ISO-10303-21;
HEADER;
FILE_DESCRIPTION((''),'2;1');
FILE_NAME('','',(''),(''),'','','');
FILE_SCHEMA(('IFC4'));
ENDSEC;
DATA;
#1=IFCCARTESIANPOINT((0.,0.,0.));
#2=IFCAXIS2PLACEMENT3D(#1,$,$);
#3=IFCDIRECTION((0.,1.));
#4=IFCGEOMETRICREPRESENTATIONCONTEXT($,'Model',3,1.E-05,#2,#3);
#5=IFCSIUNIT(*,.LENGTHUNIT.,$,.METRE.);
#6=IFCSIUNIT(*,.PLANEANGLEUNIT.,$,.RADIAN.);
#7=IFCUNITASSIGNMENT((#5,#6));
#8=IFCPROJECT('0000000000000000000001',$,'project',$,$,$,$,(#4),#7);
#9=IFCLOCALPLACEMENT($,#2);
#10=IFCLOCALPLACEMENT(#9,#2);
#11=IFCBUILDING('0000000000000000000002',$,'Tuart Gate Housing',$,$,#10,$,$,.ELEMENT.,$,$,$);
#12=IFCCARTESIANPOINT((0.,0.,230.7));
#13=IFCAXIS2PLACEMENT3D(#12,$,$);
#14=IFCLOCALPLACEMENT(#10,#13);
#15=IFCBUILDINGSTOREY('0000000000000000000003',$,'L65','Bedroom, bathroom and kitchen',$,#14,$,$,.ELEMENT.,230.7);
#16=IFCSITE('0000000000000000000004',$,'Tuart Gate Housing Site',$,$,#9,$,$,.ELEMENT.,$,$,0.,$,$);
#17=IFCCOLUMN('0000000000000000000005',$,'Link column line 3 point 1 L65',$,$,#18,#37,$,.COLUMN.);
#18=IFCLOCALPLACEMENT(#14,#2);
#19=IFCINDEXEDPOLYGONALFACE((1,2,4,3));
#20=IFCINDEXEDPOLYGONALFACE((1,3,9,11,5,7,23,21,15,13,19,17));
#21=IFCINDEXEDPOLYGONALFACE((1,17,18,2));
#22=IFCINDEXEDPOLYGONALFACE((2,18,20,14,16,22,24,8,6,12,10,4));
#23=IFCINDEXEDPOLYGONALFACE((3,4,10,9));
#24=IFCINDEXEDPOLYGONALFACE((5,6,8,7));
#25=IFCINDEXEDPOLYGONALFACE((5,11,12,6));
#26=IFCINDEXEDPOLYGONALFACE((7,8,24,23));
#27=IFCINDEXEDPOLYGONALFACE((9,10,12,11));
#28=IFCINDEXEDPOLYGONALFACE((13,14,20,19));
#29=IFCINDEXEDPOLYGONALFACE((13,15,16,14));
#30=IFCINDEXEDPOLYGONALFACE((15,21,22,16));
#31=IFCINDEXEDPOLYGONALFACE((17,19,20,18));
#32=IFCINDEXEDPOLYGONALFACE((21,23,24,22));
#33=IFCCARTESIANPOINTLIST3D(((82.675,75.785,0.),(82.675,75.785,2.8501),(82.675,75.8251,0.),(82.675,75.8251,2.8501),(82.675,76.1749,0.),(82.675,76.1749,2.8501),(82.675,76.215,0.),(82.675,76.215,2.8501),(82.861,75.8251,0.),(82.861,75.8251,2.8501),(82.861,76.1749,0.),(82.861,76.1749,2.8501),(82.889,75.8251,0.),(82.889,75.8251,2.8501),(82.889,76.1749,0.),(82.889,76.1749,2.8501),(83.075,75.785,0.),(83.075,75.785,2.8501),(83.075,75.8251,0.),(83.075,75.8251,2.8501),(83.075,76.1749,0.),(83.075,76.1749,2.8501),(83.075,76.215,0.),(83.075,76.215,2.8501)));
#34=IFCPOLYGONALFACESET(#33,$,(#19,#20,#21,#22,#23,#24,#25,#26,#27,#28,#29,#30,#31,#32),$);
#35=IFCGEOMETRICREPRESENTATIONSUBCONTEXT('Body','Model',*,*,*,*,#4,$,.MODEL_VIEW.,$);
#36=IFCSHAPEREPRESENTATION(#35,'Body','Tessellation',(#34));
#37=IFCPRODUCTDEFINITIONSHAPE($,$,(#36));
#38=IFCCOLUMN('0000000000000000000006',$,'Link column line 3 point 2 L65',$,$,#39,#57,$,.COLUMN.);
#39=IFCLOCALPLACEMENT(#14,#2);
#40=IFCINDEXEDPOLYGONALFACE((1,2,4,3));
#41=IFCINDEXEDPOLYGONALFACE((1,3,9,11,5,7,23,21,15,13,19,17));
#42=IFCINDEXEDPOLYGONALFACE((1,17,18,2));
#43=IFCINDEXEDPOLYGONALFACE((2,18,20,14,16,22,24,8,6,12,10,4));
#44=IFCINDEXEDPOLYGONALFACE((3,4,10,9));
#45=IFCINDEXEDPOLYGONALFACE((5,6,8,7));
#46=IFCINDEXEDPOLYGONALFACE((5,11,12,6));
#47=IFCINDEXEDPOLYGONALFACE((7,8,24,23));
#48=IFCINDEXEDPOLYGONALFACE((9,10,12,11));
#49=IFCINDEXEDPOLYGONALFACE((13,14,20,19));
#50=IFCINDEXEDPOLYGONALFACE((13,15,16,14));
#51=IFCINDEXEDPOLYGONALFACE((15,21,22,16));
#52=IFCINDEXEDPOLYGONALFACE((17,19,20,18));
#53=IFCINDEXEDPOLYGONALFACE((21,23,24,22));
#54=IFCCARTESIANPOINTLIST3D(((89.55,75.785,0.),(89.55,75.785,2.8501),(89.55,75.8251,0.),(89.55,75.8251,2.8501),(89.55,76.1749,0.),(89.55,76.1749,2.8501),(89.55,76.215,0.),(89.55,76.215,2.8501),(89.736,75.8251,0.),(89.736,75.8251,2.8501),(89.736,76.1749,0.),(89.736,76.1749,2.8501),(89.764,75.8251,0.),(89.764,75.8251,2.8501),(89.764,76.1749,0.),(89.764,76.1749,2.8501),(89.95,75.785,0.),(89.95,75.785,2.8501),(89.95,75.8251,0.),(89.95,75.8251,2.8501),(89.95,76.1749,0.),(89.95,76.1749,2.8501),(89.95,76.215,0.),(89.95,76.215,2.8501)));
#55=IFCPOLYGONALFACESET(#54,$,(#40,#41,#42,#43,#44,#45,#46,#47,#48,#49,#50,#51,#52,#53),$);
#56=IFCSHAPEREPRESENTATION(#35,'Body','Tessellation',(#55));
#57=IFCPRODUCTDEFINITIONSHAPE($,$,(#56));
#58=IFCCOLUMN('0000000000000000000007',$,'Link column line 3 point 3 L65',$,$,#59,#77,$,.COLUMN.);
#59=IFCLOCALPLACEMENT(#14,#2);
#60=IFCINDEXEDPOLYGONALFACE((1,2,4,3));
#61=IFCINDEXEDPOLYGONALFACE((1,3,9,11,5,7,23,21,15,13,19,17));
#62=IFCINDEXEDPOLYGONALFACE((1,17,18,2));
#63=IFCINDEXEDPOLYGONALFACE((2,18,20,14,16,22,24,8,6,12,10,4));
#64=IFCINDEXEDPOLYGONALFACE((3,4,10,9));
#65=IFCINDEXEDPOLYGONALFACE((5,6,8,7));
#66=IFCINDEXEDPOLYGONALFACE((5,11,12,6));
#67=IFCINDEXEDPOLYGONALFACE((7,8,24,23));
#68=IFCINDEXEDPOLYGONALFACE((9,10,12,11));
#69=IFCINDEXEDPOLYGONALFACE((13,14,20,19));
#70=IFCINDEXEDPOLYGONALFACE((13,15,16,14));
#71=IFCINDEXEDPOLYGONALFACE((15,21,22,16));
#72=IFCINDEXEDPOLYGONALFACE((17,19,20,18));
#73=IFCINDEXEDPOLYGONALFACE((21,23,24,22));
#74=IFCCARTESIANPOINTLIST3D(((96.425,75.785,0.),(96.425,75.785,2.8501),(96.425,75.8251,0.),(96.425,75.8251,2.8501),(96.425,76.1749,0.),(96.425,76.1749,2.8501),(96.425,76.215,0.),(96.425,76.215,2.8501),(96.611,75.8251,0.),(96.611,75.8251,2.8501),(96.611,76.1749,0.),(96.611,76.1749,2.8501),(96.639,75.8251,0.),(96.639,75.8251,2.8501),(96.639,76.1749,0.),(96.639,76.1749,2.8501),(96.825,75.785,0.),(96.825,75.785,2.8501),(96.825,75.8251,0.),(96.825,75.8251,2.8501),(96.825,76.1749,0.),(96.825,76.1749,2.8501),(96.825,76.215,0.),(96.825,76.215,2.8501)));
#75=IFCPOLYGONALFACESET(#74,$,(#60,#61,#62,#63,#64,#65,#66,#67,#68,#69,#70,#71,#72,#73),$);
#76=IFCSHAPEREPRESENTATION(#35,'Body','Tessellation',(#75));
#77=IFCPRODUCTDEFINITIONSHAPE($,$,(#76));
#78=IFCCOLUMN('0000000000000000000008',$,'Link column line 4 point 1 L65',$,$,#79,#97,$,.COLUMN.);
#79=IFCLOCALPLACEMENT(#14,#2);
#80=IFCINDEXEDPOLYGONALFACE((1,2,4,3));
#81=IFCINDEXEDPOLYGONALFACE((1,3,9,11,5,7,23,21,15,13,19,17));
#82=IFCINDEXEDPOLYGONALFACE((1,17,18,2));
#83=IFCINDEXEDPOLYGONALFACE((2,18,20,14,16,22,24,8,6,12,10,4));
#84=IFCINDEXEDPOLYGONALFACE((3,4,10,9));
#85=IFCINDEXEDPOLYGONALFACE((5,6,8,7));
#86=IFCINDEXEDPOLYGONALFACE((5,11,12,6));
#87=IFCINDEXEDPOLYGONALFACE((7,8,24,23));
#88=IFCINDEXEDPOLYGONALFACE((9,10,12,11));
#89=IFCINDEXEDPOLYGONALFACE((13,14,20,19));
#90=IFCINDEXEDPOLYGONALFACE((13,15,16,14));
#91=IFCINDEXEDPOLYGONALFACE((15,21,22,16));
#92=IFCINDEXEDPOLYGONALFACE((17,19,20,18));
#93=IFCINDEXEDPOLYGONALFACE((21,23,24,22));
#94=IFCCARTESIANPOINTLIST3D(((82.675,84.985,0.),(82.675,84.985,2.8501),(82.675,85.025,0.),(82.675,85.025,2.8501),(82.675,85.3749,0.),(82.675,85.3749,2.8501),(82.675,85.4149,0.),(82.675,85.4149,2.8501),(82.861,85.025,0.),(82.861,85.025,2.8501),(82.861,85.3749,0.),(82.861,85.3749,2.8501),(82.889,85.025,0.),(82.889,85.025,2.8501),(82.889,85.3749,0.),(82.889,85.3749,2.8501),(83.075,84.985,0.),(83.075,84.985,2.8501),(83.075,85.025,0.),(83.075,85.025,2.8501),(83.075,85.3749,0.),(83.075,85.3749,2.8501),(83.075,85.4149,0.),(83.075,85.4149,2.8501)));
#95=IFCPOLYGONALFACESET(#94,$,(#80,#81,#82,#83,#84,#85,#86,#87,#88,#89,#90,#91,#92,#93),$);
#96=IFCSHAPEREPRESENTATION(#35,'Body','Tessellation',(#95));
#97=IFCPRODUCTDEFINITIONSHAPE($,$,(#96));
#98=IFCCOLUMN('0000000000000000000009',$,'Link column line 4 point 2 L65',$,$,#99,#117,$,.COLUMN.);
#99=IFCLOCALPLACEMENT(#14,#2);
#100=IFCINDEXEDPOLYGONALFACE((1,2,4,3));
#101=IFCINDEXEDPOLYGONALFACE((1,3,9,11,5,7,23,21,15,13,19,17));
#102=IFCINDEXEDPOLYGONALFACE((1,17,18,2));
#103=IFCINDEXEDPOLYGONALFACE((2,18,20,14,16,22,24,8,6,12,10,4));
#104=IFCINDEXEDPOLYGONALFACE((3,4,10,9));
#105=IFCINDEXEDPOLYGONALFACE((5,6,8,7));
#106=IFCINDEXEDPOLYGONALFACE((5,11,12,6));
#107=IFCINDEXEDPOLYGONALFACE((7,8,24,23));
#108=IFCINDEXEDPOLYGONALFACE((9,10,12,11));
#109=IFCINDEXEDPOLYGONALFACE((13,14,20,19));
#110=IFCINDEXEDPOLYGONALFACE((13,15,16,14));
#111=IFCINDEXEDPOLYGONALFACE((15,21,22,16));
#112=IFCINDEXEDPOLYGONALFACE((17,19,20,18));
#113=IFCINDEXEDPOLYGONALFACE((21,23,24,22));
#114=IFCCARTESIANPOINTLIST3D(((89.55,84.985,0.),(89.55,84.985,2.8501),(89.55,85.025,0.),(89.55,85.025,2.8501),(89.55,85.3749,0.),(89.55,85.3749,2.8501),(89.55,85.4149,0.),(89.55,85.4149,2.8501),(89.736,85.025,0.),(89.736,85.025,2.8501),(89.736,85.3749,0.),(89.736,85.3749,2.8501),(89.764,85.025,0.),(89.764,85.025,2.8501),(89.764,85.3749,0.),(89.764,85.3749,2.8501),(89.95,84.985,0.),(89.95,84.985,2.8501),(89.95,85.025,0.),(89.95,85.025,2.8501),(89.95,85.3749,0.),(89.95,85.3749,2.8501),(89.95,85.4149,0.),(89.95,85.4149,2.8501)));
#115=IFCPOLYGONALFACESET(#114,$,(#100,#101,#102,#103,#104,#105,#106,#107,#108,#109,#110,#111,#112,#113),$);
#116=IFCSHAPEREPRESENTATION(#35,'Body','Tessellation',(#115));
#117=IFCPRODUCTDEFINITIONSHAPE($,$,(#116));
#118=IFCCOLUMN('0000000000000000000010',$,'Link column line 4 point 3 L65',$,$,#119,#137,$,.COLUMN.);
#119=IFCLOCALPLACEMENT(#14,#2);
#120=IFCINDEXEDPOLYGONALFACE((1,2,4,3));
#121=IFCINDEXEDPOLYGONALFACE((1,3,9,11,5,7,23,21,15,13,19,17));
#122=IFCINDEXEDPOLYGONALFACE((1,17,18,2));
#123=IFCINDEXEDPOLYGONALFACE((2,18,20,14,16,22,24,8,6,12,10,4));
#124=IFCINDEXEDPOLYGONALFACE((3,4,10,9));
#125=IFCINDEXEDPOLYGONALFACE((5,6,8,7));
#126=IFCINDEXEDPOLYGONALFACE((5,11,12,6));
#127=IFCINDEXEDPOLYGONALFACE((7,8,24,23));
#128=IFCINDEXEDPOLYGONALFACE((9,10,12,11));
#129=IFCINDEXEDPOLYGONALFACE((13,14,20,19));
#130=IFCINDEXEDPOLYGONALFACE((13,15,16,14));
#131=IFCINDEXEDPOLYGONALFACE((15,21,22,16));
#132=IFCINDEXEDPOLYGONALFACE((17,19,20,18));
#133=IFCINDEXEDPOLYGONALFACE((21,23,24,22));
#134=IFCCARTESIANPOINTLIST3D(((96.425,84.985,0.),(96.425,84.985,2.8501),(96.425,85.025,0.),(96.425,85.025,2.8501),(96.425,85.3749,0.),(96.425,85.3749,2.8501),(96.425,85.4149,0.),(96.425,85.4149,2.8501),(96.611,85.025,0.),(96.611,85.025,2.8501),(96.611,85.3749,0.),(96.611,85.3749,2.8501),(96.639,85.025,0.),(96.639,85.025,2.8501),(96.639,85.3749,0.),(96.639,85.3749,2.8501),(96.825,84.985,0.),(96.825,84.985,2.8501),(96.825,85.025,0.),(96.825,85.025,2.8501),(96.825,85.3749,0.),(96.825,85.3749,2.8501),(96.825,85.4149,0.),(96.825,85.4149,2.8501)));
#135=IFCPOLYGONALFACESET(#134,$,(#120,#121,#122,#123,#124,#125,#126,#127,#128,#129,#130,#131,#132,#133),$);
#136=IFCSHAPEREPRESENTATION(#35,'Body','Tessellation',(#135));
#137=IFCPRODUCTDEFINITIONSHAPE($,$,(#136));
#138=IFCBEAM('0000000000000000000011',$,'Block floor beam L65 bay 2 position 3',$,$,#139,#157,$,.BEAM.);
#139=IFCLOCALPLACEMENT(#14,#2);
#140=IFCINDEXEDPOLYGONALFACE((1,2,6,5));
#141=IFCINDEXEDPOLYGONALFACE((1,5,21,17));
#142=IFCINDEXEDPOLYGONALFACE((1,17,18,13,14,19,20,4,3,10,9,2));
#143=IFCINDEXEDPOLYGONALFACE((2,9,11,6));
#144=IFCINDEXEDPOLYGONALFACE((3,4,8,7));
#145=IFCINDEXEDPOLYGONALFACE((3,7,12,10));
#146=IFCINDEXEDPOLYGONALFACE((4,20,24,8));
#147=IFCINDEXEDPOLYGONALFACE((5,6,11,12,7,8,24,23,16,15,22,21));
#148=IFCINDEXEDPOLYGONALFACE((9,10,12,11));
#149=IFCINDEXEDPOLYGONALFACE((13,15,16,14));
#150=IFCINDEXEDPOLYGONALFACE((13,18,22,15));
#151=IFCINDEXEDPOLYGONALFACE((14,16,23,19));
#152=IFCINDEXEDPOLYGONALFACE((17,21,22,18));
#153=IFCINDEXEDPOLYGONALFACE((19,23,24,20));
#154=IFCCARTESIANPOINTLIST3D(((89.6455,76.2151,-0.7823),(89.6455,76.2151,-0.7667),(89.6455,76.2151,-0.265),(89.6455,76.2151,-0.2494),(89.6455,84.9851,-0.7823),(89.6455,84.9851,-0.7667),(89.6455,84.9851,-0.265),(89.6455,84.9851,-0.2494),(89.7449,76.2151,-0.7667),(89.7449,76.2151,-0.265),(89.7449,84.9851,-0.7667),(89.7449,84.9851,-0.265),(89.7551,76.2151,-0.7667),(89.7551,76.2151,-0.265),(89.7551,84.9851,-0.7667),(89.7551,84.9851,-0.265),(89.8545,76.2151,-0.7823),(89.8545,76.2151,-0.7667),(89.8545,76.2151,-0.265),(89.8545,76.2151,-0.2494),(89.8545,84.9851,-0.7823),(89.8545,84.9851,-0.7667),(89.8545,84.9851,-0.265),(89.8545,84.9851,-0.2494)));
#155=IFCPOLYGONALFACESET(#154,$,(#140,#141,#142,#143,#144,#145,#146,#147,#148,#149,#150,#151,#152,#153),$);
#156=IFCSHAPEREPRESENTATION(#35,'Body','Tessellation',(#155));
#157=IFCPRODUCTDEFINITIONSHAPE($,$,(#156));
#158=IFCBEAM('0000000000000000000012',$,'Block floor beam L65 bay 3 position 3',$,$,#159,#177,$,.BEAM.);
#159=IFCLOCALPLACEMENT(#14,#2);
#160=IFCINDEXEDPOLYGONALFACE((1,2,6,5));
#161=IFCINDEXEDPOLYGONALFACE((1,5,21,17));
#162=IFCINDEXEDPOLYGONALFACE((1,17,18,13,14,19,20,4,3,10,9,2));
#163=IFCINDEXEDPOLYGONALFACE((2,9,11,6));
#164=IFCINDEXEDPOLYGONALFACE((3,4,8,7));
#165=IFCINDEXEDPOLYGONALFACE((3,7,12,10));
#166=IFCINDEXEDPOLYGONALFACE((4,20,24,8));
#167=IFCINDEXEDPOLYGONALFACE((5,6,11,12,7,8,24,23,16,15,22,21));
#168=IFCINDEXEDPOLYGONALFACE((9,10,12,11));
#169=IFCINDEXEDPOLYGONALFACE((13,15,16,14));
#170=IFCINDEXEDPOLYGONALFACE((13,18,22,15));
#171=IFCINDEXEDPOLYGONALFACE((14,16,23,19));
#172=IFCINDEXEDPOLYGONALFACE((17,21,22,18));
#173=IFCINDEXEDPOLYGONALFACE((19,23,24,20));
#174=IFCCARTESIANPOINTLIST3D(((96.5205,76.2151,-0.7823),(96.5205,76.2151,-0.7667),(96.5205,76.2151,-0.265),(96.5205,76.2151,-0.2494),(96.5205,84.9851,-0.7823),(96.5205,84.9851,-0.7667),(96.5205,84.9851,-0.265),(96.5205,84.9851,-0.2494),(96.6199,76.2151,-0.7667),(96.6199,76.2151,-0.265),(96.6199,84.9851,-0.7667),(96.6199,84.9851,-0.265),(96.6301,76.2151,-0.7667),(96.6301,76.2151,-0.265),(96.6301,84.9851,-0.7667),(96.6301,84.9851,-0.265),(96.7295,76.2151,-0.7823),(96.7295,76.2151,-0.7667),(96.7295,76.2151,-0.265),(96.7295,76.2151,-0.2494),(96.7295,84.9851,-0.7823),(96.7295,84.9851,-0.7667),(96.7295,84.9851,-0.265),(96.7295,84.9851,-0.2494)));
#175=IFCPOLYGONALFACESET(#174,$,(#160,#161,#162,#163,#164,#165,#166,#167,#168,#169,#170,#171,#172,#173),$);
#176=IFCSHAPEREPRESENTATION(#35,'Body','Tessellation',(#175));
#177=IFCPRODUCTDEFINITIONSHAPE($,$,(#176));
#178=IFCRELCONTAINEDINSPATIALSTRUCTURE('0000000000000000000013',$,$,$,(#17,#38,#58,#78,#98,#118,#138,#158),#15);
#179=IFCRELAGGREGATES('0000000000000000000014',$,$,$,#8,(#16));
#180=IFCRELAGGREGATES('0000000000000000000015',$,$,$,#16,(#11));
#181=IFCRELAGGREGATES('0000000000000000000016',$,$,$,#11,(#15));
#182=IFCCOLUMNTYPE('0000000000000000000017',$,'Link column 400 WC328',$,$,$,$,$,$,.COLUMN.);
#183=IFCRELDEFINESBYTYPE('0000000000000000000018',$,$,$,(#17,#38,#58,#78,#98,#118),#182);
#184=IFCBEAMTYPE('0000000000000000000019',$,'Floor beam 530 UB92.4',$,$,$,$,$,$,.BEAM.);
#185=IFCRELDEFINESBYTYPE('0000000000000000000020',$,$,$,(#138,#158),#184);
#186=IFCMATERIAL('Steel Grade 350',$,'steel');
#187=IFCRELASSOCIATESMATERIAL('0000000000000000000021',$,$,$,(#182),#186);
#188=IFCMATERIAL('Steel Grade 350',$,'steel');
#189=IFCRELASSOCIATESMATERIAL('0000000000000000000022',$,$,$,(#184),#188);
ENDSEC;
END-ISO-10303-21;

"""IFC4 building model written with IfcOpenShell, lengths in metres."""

from ifc_helpers import new_model, si_unit, direction, frame, origin, origin_2d, place, context, subcontext, project, spatial, i_section, extrude, material, material_profile, profile_set, type_object, element, save


model = new_model("IFC4")

# Units and contexts
model_context = context("Model", 3, precision=1e-05, world=origin(), true_north=direction((0.0, 1.0)))
body_context = subcontext(model_context, "Body", "Model", "MODEL_VIEW")
ifc_project = project(units=[si_unit("LENGTHUNIT", "METRE"), si_unit("PLANEANGLEUNIT", "RADIAN")], contexts=[model_context])

# Site, building, storey
site_placement = place(None, origin())
site = spatial("IfcSite", under=ifc_project, at=site_placement, Name="Tuart Gate Housing Site", CompositionType="ELEMENT", RefElevation=0.0)
building_placement = place(site_placement, origin())
building = spatial("IfcBuilding", under=site, at=building_placement, Name="Tuart Gate Housing", CompositionType="ELEMENT")
storey_placement = place(building_placement, frame((0.0, 0.0, 230.7)))
storey = spatial("IfcBuildingStorey", under=building, at=storey_placement, Name="L65", Description="Bedroom, bathroom and kitchen", CompositionType="ELEMENT", Elevation=230.7)

# Columns
ifc_material_1 = material(Name="Steel Grade 350", Category="steel")
ifc_material_profile_1 = material_profile(ifc_material_1, i_section(OverallWidth=0.3999, OverallDepth=0.4299, WebThickness=0.0281, FlangeThickness=0.04, at=origin_2d()), Name="400WC328")
ifc_profile_set_1 = profile_set([ifc_material_profile_1], Name="Steel Grade 350")
column_type = type_object("IfcColumnType", Name="Link column 400 WC328", PredefinedType="COLUMN", material=ifc_profile_set_1)
for number, where, z_axis, x_axis, name in (
    (1, (82.875, 76.0, 0.0), (0.0, 0.0, 1.0), (1.0, 0.0, 0.0), "Link column line 3 point 1 L65"),
    (2, (89.75, 76.0, 0.0), (0.0, 0.0, 1.0), (1.0, 0.0, 0.0), "Link column line 3 point 2 L65"),
    (3, (96.625, 76.0, 0.0), (0.0, 0.0, 1.0), (1.0, 0.0, 0.0), "Link column line 3 point 3 L65"),
    (4, (82.875, 85.2, 0.0), (0.0, 0.0, 1.0), (1.0, 0.0, 0.0), "Link column line 4 point 1 L65"),
    (5, (89.75, 85.2, 0.0), (0.0, 0.0, 1.0), (1.0, 0.0, 0.0), "Link column line 4 point 2 L65"),
    (6, (96.625, 85.2, 0.0), (0.0, 0.0, 1.0), (1.0, 0.0, 0.0), "Link column line 4 point 3 L65"),
):
    element("IfcColumn", number, at=place(storey_placement, frame(where, z_axis=z_axis, x_axis=x_axis)), inside=storey, type_object=column_type, Name=name, PredefinedType="COLUMN", context=body_context, shape_type="SweptSolid", body=[
        extrude(i_section(OverallWidth=0.3999, OverallDepth=0.4299, WebThickness=0.0281, FlangeThickness=0.04, at=origin_2d()), origin(), (0.0, 0.0, 1.0), 2.8501),
    ])

# Beams
ifc_material_2 = material(Name="Steel Grade 350", Category="steel")
ifc_material_profile_2 = material_profile(ifc_material_2, i_section(OverallWidth=0.209, OverallDepth=0.533, WebThickness=0.0103, FlangeThickness=0.0156, at=origin_2d()), Name="530UB92.4")
ifc_profile_set_2 = profile_set([ifc_material_profile_2], Name="Steel Grade 350")
beam_type = type_object("IfcBeamType", Name="Floor beam 530 UB92.4", PredefinedType="BEAM", material=ifc_profile_set_2)
for number, where, z_axis, x_axis, name in (
    (7, (89.75, 76.2151, -0.5159), (0.0, 1.0, 0.0), (-1.0, 0.0, 0.0), "Block floor beam L65 bay 2 position 3"),
    (8, (96.625, 76.2151, -0.5159), (0.0, 1.0, 0.0), (-1.0, 0.0, 0.0), "Block floor beam L65 bay 3 position 3"),
):
    element("IfcBeam", number, at=place(storey_placement, frame(where, z_axis=z_axis, x_axis=x_axis)), inside=storey, type_object=beam_type, Name=name, PredefinedType="BEAM", context=body_context, shape_type="SweptSolid", body=[
        extrude(i_section(OverallWidth=0.209, OverallDepth=0.533, WebThickness=0.0103, FlangeThickness=0.0156, at=origin_2d()), origin(), (0.0, 0.0, 1.0), 8.77),
    ])

save(model, "model.ifc")
